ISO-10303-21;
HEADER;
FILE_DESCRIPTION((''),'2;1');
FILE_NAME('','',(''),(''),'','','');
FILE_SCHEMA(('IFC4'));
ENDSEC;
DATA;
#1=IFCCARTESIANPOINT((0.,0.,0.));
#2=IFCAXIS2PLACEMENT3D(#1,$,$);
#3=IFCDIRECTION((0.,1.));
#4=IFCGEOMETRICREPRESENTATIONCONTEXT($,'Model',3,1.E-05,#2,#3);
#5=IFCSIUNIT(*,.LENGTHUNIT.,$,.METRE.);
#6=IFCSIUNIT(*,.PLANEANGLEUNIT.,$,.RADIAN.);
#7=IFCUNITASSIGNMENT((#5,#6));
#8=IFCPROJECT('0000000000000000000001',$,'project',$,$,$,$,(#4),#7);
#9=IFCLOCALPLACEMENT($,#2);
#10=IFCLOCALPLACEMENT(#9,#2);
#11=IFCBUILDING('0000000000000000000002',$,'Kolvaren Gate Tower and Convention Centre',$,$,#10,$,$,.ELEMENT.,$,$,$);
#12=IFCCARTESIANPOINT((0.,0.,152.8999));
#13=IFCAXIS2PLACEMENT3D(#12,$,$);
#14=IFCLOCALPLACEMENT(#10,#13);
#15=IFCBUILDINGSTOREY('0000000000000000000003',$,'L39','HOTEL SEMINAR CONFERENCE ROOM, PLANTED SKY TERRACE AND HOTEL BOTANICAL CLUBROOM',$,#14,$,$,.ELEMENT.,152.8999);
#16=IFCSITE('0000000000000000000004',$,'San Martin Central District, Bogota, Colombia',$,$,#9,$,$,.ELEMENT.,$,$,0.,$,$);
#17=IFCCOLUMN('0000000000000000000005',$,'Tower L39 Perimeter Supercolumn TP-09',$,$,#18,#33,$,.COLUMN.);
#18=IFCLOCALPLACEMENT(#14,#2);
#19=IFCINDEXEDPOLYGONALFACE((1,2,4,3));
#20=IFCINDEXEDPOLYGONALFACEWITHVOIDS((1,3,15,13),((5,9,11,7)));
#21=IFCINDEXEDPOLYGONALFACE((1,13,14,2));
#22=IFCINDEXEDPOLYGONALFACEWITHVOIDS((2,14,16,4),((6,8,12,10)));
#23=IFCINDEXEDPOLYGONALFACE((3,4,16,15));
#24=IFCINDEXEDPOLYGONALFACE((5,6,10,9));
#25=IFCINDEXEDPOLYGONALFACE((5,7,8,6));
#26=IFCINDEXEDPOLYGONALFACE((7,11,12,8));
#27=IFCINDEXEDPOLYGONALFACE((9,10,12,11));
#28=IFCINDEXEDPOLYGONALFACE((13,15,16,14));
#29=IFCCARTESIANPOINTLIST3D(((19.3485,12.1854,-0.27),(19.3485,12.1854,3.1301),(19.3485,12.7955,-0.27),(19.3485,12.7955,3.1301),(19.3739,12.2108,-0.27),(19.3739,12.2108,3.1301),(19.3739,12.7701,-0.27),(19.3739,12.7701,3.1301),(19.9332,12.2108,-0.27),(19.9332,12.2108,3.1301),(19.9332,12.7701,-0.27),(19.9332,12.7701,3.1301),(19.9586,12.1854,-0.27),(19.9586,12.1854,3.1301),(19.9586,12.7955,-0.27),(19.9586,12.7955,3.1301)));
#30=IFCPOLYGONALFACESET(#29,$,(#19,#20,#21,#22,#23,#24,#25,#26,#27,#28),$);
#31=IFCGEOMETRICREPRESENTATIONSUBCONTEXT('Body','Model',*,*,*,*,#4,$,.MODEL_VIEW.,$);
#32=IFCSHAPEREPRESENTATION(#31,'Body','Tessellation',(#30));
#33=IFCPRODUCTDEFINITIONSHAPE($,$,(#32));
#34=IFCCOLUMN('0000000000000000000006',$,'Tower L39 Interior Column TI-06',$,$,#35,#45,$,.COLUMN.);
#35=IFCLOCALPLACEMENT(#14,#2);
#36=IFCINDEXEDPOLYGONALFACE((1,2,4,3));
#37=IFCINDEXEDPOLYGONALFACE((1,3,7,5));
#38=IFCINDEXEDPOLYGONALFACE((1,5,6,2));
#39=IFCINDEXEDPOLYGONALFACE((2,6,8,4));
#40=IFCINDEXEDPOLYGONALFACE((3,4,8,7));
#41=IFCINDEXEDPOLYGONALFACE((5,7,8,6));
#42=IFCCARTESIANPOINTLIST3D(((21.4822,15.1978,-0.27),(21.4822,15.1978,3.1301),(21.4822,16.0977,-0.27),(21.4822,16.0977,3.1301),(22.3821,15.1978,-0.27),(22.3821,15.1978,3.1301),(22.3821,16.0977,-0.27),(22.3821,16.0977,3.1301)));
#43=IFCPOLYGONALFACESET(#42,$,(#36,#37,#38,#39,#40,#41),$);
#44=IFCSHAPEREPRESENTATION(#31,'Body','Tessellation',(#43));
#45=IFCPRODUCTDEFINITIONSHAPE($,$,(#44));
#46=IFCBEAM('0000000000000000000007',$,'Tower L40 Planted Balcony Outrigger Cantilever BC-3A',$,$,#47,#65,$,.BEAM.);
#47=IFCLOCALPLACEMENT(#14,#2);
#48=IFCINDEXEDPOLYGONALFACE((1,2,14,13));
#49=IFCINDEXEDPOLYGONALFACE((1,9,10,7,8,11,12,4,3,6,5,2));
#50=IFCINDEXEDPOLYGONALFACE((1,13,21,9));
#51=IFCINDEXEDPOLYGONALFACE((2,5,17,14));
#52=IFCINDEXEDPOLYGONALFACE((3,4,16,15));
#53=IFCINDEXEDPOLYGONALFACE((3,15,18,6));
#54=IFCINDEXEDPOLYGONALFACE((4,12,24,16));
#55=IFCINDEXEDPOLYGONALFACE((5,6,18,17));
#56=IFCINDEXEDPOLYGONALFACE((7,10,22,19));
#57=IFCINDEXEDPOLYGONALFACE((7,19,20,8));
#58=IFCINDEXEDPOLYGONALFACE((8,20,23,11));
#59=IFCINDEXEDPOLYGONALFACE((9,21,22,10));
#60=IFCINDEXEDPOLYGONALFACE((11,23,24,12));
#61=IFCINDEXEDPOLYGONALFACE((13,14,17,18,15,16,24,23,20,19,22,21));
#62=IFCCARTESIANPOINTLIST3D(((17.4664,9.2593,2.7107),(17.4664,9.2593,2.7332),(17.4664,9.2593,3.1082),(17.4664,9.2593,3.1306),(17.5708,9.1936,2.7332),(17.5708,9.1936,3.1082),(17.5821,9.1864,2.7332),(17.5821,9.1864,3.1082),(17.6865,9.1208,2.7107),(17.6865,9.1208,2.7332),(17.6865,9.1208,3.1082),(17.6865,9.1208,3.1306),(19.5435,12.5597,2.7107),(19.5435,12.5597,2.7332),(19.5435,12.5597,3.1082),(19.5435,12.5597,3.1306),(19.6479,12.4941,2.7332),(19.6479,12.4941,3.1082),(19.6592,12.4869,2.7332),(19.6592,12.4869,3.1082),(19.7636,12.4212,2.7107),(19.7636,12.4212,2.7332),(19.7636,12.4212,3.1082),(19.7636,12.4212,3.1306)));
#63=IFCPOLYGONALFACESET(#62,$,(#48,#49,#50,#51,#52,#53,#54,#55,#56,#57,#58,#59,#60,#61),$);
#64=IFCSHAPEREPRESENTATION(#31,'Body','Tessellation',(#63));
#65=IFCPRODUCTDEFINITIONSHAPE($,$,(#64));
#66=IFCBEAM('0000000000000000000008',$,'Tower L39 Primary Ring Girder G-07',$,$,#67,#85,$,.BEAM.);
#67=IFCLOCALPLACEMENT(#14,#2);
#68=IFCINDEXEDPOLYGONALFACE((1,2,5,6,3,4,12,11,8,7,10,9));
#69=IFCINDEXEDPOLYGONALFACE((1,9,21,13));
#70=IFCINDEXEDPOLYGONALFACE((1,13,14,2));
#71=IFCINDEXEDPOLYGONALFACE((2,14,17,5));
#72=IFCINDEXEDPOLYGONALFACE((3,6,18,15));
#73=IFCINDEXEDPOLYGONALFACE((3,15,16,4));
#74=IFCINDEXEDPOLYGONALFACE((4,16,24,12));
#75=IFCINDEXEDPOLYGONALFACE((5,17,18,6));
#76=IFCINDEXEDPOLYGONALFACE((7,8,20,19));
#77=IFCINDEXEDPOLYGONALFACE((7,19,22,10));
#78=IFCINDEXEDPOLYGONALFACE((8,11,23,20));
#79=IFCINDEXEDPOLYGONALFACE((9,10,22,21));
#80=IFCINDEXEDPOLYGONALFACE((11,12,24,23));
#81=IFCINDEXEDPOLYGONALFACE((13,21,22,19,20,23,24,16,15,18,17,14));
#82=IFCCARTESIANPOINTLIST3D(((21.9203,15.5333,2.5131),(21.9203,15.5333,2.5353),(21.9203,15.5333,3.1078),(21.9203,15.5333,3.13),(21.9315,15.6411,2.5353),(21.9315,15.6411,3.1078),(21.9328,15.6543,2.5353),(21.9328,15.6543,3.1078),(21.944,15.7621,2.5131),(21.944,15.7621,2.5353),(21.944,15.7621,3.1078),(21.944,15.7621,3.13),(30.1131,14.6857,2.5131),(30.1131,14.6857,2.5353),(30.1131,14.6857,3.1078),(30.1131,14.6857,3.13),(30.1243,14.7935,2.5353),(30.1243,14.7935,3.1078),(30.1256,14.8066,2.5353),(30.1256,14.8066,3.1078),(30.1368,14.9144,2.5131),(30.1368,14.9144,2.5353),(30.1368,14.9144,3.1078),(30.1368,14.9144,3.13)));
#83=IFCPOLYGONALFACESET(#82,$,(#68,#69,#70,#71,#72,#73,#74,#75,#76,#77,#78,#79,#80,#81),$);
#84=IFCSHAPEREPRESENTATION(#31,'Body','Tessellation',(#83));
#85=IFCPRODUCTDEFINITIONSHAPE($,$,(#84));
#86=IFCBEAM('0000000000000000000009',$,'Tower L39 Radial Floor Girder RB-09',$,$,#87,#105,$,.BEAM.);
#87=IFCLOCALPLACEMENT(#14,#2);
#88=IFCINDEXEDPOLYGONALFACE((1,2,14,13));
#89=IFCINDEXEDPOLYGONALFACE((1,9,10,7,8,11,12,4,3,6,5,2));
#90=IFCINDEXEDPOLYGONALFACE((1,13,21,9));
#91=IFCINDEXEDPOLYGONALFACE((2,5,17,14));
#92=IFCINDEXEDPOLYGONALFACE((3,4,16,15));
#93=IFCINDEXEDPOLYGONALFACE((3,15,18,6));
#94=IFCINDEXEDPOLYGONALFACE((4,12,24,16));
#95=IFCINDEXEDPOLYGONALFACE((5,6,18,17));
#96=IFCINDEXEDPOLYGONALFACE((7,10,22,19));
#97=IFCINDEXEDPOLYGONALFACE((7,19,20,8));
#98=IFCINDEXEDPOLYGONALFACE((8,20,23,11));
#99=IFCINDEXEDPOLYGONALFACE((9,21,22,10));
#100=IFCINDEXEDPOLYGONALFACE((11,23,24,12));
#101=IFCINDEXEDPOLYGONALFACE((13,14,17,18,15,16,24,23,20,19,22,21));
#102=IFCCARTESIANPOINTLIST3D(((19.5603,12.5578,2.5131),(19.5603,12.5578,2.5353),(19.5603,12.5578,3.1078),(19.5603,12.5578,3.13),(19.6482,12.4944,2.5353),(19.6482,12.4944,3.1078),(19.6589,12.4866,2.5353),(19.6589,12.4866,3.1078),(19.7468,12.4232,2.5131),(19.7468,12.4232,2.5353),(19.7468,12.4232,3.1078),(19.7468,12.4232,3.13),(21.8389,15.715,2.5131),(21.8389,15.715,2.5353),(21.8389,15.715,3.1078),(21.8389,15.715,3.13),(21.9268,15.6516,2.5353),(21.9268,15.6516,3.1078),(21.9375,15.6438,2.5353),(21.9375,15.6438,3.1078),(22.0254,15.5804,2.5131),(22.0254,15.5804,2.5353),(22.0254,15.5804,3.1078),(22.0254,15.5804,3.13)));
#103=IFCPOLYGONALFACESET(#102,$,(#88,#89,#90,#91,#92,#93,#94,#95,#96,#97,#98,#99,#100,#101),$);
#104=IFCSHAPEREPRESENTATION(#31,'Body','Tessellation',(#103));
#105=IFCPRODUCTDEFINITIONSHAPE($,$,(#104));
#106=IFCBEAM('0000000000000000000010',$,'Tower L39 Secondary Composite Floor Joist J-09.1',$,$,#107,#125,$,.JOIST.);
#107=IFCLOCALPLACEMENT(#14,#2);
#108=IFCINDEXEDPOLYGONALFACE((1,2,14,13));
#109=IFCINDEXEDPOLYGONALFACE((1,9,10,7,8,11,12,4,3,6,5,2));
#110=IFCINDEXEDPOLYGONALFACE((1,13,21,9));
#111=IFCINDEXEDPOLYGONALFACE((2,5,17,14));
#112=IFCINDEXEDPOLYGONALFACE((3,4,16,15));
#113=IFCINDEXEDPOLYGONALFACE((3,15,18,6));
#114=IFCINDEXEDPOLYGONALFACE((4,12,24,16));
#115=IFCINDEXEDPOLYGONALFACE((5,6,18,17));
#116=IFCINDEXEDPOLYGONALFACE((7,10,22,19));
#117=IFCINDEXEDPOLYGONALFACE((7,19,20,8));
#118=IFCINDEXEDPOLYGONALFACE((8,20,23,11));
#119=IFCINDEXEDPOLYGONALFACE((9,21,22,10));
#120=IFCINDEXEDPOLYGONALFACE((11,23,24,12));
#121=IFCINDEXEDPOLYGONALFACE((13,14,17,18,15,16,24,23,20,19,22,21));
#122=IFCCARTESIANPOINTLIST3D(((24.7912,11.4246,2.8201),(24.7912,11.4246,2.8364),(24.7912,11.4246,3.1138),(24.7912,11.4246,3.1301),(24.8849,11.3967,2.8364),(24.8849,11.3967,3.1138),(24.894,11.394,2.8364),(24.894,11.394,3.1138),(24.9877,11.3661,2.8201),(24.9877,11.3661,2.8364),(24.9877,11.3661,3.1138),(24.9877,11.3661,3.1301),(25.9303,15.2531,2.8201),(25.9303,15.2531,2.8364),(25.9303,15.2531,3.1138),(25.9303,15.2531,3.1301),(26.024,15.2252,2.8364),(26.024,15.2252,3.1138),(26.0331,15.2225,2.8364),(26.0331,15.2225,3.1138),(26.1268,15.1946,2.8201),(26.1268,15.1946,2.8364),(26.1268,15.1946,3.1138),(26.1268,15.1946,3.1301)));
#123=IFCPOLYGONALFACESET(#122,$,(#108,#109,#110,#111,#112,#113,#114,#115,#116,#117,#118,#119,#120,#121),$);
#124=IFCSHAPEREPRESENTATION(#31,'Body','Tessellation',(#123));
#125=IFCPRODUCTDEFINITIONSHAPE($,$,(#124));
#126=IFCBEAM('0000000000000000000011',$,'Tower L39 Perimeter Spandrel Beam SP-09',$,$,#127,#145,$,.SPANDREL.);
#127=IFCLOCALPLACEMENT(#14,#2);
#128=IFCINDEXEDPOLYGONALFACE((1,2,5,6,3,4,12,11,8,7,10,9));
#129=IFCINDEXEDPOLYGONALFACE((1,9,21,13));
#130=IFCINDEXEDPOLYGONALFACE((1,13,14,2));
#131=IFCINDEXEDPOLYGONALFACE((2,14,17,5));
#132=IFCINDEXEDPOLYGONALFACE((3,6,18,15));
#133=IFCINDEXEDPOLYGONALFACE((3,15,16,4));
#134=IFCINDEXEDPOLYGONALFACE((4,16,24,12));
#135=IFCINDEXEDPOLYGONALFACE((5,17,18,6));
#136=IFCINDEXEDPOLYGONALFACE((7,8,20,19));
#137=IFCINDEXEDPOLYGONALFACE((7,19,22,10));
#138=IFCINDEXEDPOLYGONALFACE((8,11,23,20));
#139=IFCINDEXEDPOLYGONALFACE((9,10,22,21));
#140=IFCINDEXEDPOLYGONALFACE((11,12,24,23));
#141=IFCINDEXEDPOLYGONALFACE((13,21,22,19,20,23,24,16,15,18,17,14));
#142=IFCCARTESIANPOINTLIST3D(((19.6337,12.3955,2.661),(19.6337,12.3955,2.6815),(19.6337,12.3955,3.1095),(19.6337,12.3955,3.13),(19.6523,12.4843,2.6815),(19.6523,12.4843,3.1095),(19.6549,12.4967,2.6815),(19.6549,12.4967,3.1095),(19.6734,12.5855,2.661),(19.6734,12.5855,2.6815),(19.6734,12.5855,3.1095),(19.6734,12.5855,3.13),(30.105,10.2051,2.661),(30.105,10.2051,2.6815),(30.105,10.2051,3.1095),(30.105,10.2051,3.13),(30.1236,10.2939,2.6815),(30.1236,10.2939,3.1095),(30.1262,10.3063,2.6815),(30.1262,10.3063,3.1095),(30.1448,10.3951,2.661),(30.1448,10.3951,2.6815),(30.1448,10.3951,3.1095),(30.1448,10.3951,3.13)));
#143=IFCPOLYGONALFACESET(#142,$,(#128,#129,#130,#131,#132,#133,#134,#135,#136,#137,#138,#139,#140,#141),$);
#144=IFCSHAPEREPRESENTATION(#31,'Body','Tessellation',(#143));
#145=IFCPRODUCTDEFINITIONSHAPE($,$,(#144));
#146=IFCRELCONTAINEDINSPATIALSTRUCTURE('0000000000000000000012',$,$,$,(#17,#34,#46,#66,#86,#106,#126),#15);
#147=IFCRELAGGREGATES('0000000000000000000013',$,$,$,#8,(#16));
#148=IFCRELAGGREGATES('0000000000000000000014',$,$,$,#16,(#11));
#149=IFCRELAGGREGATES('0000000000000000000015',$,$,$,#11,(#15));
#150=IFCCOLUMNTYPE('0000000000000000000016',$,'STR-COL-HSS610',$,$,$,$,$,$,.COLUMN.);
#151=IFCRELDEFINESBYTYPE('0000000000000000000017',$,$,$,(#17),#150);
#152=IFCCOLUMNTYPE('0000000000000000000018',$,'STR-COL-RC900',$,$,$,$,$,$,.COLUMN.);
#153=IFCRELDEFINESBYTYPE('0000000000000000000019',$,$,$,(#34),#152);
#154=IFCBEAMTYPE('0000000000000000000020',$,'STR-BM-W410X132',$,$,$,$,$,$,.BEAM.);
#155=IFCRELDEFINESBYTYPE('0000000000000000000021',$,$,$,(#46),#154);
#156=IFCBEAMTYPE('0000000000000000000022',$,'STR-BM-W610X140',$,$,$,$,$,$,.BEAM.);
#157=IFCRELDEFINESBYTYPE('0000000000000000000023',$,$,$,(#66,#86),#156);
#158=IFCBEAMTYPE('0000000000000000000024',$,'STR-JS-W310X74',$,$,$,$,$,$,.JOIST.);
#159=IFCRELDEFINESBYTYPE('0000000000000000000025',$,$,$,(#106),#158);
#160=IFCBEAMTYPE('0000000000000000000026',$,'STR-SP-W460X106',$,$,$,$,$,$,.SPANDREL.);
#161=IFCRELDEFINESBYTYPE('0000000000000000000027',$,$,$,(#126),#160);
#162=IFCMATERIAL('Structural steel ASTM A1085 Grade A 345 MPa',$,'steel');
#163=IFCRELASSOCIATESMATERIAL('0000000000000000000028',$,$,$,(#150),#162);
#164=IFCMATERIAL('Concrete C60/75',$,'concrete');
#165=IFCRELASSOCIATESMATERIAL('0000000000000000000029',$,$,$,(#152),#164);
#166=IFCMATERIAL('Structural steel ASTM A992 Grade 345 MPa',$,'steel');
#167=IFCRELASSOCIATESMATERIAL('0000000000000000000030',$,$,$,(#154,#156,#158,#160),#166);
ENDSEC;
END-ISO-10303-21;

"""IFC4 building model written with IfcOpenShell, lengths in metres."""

from ifc_helpers import new_model, si_unit, direction, frame, origin, origin_2d, place, context, subcontext, project, spatial, rectangle, hollow_rectangle, i_section, extrude, material, material_profile, profile_set, type_object, element, save


model = new_model("IFC4")

# Units and contexts
model_context = context("Model", 3, precision=1e-05, world=origin(), true_north=direction((0.0, 1.0)))
body_context = subcontext(model_context, "Body", "Model", "MODEL_VIEW")
ifc_project = project(units=[si_unit("LENGTHUNIT", "METRE"), si_unit("PLANEANGLEUNIT", "RADIAN")], contexts=[model_context])

# Site, building, storey
site_placement = place(None, origin())
site = spatial("IfcSite", under=ifc_project, at=site_placement, Name="San Martin Central District, Bogota, Colombia", CompositionType="ELEMENT", RefElevation=0.0)
building_placement = place(site_placement, origin())
building = spatial("IfcBuilding", under=site, at=building_placement, Name="Kolvaren Gate Tower and Convention Centre", CompositionType="ELEMENT")
storey_placement = place(building_placement, frame((0.0, 0.0, 152.8999)))
storey = spatial("IfcBuildingStorey", under=building, at=storey_placement, Name="L39", Description="HOTEL SEMINAR CONFERENCE ROOM, PLANTED SKY TERRACE AND HOTEL BOTANICAL CLUBROOM", CompositionType="ELEMENT", Elevation=152.8999)

# Columns
ifc_material_1 = material(Name="Structural steel ASTM A1085 Grade A 345 MPa", Category="steel")
ifc_material_profile_1 = material_profile(ifc_material_1, hollow_rectangle(XDim=0.6101, YDim=0.6101, WallThickness=0.0254, at=origin_2d()), Name="HSS610X610X25.4")
ifc_profile_set_1 = profile_set([ifc_material_profile_1], Name="Structural steel ASTM A1085 Grade A 345 MPa")
column_type_1 = type_object("IfcColumnType", Name="STR-COL-HSS610", PredefinedType="COLUMN", material=ifc_profile_set_1)
column_1_placement = place(storey_placement, frame((19.6536, 12.4905, -0.27), z_axis=(0.0, 0.0, 1.0), x_axis=(1.0, 0.0, 0.0)))
element("IfcColumn", 1, at=column_1_placement, inside=storey, type_object=column_type_1, Name="Tower L39 Perimeter Supercolumn TP-09", PredefinedType="COLUMN", context=body_context, shape_type="SweptSolid", body=[
    extrude(hollow_rectangle(XDim=0.6101, YDim=0.6101, WallThickness=0.0254, at=origin_2d()), origin(), (0.0, 0.0, 1.0), 3.4001),
])
ifc_material_2 = material(Name="Concrete C60/75", Category="concrete")
ifc_material_profile_2 = material_profile(ifc_material_2, rectangle(XDim=0.8999, YDim=0.8999, at=origin_2d()), Name="RC-COL-900X900")
ifc_profile_set_2 = profile_set([ifc_material_profile_2], Name="Concrete C60/75")
column_type_2 = type_object("IfcColumnType", Name="STR-COL-RC900", PredefinedType="COLUMN", material=ifc_profile_set_2)
column_2_placement = place(storey_placement, frame((21.9321, 15.6477, -0.27), z_axis=(0.0, 0.0, 1.0), x_axis=(1.0, 0.0, 0.0)))
element("IfcColumn", 2, at=column_2_placement, inside=storey, type_object=column_type_2, Name="Tower L39 Interior Column TI-06", PredefinedType="COLUMN", context=body_context, shape_type="SweptSolid", body=[
    extrude(rectangle(XDim=0.8999, YDim=0.8999, at=origin_2d()), origin(), (0.0, 0.0, 1.0), 3.4001),
])

# Beams
ifc_material_3 = material(Name="Structural steel ASTM A992 Grade 345 MPa", Category="steel")
ifc_material_profile_3 = material_profile(ifc_material_3, i_section(OverallWidth=0.26, OverallDepth=0.4199, WebThickness=0.0134, FlangeThickness=0.0225, at=origin_2d()), Name="W410X132")
ifc_profile_set_3 = profile_set([ifc_material_profile_3], Name="Structural steel ASTM A992 Grade 345 MPa")
beam_type_1 = type_object("IfcBeamType", Name="STR-BM-W410X132", PredefinedType="BEAM", material=ifc_profile_set_3)
beam_1_placement = place(storey_placement, frame((19.6536, 12.4905, 2.9207), z_axis=(-0.532636, -0.846345, 0.0), x_axis=(0.846345, -0.532636, 0.0)))
element("IfcBeam", 3, at=beam_1_placement, inside=storey, type_object=beam_type_1, Name="Tower L40 Planted Balcony Outrigger Cantilever BC-3A", PredefinedType="BEAM", context=body_context, shape_type="SweptSolid", body=[
    extrude(i_section(OverallWidth=0.26, OverallDepth=0.4199, WebThickness=0.0134, FlangeThickness=0.0225, at=origin_2d()), origin(), (0.0, 0.0, 1.0), 3.8997),
])
ifc_material_profile_4 = material_profile(ifc_material_3, i_section(OverallWidth=0.23, OverallDepth=0.6169, WebThickness=0.0132, FlangeThickness=0.0222, at=origin_2d()), Name="W610X140")
ifc_profile_set_4 = profile_set([ifc_material_profile_4], Name="Structural steel ASTM A992 Grade 345 MPa")
beam_type_2 = type_object("IfcBeamType", Name="STR-BM-W610X140", PredefinedType="BEAM", material=ifc_profile_set_4)
beam_2_placement = place(storey_placement, frame((21.9321, 15.6477, 2.8215), z_axis=(0.99469, -0.102913, 0.0), x_axis=(0.102913, 0.99469, 0.0)))
element("IfcBeam", 4, at=beam_2_placement, inside=storey, type_object=beam_type_2, Name="Tower L39 Primary Ring Girder G-07", PredefinedType="BEAM", context=body_context, shape_type="SweptSolid", body=[
    extrude(i_section(OverallWidth=0.23, OverallDepth=0.6169, WebThickness=0.0132, FlangeThickness=0.0222, at=origin_2d()), origin(), (0.0, 0.0, 1.0), 8.2366),
])
beam_3_placement = place(storey_placement, frame((21.9321, 15.6477, 2.8215), z_axis=(-0.585211, -0.810881, 0.0), x_axis=(0.810881, -0.585211, 0.0)))
element("IfcBeam", 5, at=beam_3_placement, inside=storey, type_object=beam_type_2, Name="Tower L39 Radial Floor Girder RB-09", PredefinedType="BEAM", context=body_context, shape_type="SweptSolid", body=[
    extrude(i_section(OverallWidth=0.23, OverallDepth=0.6169, WebThickness=0.0132, FlangeThickness=0.0222, at=origin_2d()), origin(), (0.0, 0.0, 1.0), 3.8936),
])
ifc_material_profile_5 = material_profile(ifc_material_3, i_section(OverallWidth=0.2051, OverallDepth=0.3101, WebThickness=0.0095, FlangeThickness=0.0164, at=origin_2d()), Name="W310X74")
ifc_profile_set_5 = profile_set([ifc_material_profile_5], Name="Structural steel ASTM A992 Grade 345 MPa")
beam_type_3 = type_object("IfcBeamType", Name="STR-JS-W310X74", PredefinedType="JOIST", material=ifc_profile_set_5)
beam_4_placement = place(storey_placement, frame((26.0286, 15.2239, 2.9751), z_axis=(-0.285183, -0.958473, 0.0), x_axis=(0.958473, -0.285183, 0.0)))
element("IfcBeam", 6, at=beam_4_placement, inside=storey, type_object=beam_type_3, Name="Tower L39 Secondary Composite Floor Joist J-09.1", PredefinedType="JOIST", context=body_context, shape_type="SweptSolid", body=[
    extrude(i_section(OverallWidth=0.2051, OverallDepth=0.3101, WebThickness=0.0095, FlangeThickness=0.0164, at=origin_2d()), origin(), (0.0, 0.0, 1.0), 3.9944),
])
ifc_material_profile_6 = material_profile(ifc_material_3, i_section(OverallWidth=0.1941, OverallDepth=0.469, WebThickness=0.0127, FlangeThickness=0.0205, at=origin_2d()), Name="W460X106")
ifc_profile_set_6 = profile_set([ifc_material_profile_6], Name="Structural steel ASTM A992 Grade 345 MPa")
beam_type_4 = type_object("IfcBeamType", Name="STR-SP-W460X106", PredefinedType="SPANDREL", material=ifc_profile_set_6)
beam_5_placement = place(storey_placement, frame((19.6536, 12.4905, 2.8955), z_axis=(0.978814, -0.20475, 0.0), x_axis=(0.20475, 0.978814, 0.0)))
element("IfcBeam", 7, at=beam_5_placement, inside=storey, type_object=beam_type_4, Name="Tower L39 Perimeter Spandrel Beam SP-09", PredefinedType="SPANDREL", context=body_context, shape_type="SweptSolid", body=[
    extrude(i_section(OverallWidth=0.1941, OverallDepth=0.469, WebThickness=0.0127, FlangeThickness=0.0205, at=origin_2d()), origin(), (0.0, 0.0, 1.0), 10.698),
])

save(model, "model.ifc")
